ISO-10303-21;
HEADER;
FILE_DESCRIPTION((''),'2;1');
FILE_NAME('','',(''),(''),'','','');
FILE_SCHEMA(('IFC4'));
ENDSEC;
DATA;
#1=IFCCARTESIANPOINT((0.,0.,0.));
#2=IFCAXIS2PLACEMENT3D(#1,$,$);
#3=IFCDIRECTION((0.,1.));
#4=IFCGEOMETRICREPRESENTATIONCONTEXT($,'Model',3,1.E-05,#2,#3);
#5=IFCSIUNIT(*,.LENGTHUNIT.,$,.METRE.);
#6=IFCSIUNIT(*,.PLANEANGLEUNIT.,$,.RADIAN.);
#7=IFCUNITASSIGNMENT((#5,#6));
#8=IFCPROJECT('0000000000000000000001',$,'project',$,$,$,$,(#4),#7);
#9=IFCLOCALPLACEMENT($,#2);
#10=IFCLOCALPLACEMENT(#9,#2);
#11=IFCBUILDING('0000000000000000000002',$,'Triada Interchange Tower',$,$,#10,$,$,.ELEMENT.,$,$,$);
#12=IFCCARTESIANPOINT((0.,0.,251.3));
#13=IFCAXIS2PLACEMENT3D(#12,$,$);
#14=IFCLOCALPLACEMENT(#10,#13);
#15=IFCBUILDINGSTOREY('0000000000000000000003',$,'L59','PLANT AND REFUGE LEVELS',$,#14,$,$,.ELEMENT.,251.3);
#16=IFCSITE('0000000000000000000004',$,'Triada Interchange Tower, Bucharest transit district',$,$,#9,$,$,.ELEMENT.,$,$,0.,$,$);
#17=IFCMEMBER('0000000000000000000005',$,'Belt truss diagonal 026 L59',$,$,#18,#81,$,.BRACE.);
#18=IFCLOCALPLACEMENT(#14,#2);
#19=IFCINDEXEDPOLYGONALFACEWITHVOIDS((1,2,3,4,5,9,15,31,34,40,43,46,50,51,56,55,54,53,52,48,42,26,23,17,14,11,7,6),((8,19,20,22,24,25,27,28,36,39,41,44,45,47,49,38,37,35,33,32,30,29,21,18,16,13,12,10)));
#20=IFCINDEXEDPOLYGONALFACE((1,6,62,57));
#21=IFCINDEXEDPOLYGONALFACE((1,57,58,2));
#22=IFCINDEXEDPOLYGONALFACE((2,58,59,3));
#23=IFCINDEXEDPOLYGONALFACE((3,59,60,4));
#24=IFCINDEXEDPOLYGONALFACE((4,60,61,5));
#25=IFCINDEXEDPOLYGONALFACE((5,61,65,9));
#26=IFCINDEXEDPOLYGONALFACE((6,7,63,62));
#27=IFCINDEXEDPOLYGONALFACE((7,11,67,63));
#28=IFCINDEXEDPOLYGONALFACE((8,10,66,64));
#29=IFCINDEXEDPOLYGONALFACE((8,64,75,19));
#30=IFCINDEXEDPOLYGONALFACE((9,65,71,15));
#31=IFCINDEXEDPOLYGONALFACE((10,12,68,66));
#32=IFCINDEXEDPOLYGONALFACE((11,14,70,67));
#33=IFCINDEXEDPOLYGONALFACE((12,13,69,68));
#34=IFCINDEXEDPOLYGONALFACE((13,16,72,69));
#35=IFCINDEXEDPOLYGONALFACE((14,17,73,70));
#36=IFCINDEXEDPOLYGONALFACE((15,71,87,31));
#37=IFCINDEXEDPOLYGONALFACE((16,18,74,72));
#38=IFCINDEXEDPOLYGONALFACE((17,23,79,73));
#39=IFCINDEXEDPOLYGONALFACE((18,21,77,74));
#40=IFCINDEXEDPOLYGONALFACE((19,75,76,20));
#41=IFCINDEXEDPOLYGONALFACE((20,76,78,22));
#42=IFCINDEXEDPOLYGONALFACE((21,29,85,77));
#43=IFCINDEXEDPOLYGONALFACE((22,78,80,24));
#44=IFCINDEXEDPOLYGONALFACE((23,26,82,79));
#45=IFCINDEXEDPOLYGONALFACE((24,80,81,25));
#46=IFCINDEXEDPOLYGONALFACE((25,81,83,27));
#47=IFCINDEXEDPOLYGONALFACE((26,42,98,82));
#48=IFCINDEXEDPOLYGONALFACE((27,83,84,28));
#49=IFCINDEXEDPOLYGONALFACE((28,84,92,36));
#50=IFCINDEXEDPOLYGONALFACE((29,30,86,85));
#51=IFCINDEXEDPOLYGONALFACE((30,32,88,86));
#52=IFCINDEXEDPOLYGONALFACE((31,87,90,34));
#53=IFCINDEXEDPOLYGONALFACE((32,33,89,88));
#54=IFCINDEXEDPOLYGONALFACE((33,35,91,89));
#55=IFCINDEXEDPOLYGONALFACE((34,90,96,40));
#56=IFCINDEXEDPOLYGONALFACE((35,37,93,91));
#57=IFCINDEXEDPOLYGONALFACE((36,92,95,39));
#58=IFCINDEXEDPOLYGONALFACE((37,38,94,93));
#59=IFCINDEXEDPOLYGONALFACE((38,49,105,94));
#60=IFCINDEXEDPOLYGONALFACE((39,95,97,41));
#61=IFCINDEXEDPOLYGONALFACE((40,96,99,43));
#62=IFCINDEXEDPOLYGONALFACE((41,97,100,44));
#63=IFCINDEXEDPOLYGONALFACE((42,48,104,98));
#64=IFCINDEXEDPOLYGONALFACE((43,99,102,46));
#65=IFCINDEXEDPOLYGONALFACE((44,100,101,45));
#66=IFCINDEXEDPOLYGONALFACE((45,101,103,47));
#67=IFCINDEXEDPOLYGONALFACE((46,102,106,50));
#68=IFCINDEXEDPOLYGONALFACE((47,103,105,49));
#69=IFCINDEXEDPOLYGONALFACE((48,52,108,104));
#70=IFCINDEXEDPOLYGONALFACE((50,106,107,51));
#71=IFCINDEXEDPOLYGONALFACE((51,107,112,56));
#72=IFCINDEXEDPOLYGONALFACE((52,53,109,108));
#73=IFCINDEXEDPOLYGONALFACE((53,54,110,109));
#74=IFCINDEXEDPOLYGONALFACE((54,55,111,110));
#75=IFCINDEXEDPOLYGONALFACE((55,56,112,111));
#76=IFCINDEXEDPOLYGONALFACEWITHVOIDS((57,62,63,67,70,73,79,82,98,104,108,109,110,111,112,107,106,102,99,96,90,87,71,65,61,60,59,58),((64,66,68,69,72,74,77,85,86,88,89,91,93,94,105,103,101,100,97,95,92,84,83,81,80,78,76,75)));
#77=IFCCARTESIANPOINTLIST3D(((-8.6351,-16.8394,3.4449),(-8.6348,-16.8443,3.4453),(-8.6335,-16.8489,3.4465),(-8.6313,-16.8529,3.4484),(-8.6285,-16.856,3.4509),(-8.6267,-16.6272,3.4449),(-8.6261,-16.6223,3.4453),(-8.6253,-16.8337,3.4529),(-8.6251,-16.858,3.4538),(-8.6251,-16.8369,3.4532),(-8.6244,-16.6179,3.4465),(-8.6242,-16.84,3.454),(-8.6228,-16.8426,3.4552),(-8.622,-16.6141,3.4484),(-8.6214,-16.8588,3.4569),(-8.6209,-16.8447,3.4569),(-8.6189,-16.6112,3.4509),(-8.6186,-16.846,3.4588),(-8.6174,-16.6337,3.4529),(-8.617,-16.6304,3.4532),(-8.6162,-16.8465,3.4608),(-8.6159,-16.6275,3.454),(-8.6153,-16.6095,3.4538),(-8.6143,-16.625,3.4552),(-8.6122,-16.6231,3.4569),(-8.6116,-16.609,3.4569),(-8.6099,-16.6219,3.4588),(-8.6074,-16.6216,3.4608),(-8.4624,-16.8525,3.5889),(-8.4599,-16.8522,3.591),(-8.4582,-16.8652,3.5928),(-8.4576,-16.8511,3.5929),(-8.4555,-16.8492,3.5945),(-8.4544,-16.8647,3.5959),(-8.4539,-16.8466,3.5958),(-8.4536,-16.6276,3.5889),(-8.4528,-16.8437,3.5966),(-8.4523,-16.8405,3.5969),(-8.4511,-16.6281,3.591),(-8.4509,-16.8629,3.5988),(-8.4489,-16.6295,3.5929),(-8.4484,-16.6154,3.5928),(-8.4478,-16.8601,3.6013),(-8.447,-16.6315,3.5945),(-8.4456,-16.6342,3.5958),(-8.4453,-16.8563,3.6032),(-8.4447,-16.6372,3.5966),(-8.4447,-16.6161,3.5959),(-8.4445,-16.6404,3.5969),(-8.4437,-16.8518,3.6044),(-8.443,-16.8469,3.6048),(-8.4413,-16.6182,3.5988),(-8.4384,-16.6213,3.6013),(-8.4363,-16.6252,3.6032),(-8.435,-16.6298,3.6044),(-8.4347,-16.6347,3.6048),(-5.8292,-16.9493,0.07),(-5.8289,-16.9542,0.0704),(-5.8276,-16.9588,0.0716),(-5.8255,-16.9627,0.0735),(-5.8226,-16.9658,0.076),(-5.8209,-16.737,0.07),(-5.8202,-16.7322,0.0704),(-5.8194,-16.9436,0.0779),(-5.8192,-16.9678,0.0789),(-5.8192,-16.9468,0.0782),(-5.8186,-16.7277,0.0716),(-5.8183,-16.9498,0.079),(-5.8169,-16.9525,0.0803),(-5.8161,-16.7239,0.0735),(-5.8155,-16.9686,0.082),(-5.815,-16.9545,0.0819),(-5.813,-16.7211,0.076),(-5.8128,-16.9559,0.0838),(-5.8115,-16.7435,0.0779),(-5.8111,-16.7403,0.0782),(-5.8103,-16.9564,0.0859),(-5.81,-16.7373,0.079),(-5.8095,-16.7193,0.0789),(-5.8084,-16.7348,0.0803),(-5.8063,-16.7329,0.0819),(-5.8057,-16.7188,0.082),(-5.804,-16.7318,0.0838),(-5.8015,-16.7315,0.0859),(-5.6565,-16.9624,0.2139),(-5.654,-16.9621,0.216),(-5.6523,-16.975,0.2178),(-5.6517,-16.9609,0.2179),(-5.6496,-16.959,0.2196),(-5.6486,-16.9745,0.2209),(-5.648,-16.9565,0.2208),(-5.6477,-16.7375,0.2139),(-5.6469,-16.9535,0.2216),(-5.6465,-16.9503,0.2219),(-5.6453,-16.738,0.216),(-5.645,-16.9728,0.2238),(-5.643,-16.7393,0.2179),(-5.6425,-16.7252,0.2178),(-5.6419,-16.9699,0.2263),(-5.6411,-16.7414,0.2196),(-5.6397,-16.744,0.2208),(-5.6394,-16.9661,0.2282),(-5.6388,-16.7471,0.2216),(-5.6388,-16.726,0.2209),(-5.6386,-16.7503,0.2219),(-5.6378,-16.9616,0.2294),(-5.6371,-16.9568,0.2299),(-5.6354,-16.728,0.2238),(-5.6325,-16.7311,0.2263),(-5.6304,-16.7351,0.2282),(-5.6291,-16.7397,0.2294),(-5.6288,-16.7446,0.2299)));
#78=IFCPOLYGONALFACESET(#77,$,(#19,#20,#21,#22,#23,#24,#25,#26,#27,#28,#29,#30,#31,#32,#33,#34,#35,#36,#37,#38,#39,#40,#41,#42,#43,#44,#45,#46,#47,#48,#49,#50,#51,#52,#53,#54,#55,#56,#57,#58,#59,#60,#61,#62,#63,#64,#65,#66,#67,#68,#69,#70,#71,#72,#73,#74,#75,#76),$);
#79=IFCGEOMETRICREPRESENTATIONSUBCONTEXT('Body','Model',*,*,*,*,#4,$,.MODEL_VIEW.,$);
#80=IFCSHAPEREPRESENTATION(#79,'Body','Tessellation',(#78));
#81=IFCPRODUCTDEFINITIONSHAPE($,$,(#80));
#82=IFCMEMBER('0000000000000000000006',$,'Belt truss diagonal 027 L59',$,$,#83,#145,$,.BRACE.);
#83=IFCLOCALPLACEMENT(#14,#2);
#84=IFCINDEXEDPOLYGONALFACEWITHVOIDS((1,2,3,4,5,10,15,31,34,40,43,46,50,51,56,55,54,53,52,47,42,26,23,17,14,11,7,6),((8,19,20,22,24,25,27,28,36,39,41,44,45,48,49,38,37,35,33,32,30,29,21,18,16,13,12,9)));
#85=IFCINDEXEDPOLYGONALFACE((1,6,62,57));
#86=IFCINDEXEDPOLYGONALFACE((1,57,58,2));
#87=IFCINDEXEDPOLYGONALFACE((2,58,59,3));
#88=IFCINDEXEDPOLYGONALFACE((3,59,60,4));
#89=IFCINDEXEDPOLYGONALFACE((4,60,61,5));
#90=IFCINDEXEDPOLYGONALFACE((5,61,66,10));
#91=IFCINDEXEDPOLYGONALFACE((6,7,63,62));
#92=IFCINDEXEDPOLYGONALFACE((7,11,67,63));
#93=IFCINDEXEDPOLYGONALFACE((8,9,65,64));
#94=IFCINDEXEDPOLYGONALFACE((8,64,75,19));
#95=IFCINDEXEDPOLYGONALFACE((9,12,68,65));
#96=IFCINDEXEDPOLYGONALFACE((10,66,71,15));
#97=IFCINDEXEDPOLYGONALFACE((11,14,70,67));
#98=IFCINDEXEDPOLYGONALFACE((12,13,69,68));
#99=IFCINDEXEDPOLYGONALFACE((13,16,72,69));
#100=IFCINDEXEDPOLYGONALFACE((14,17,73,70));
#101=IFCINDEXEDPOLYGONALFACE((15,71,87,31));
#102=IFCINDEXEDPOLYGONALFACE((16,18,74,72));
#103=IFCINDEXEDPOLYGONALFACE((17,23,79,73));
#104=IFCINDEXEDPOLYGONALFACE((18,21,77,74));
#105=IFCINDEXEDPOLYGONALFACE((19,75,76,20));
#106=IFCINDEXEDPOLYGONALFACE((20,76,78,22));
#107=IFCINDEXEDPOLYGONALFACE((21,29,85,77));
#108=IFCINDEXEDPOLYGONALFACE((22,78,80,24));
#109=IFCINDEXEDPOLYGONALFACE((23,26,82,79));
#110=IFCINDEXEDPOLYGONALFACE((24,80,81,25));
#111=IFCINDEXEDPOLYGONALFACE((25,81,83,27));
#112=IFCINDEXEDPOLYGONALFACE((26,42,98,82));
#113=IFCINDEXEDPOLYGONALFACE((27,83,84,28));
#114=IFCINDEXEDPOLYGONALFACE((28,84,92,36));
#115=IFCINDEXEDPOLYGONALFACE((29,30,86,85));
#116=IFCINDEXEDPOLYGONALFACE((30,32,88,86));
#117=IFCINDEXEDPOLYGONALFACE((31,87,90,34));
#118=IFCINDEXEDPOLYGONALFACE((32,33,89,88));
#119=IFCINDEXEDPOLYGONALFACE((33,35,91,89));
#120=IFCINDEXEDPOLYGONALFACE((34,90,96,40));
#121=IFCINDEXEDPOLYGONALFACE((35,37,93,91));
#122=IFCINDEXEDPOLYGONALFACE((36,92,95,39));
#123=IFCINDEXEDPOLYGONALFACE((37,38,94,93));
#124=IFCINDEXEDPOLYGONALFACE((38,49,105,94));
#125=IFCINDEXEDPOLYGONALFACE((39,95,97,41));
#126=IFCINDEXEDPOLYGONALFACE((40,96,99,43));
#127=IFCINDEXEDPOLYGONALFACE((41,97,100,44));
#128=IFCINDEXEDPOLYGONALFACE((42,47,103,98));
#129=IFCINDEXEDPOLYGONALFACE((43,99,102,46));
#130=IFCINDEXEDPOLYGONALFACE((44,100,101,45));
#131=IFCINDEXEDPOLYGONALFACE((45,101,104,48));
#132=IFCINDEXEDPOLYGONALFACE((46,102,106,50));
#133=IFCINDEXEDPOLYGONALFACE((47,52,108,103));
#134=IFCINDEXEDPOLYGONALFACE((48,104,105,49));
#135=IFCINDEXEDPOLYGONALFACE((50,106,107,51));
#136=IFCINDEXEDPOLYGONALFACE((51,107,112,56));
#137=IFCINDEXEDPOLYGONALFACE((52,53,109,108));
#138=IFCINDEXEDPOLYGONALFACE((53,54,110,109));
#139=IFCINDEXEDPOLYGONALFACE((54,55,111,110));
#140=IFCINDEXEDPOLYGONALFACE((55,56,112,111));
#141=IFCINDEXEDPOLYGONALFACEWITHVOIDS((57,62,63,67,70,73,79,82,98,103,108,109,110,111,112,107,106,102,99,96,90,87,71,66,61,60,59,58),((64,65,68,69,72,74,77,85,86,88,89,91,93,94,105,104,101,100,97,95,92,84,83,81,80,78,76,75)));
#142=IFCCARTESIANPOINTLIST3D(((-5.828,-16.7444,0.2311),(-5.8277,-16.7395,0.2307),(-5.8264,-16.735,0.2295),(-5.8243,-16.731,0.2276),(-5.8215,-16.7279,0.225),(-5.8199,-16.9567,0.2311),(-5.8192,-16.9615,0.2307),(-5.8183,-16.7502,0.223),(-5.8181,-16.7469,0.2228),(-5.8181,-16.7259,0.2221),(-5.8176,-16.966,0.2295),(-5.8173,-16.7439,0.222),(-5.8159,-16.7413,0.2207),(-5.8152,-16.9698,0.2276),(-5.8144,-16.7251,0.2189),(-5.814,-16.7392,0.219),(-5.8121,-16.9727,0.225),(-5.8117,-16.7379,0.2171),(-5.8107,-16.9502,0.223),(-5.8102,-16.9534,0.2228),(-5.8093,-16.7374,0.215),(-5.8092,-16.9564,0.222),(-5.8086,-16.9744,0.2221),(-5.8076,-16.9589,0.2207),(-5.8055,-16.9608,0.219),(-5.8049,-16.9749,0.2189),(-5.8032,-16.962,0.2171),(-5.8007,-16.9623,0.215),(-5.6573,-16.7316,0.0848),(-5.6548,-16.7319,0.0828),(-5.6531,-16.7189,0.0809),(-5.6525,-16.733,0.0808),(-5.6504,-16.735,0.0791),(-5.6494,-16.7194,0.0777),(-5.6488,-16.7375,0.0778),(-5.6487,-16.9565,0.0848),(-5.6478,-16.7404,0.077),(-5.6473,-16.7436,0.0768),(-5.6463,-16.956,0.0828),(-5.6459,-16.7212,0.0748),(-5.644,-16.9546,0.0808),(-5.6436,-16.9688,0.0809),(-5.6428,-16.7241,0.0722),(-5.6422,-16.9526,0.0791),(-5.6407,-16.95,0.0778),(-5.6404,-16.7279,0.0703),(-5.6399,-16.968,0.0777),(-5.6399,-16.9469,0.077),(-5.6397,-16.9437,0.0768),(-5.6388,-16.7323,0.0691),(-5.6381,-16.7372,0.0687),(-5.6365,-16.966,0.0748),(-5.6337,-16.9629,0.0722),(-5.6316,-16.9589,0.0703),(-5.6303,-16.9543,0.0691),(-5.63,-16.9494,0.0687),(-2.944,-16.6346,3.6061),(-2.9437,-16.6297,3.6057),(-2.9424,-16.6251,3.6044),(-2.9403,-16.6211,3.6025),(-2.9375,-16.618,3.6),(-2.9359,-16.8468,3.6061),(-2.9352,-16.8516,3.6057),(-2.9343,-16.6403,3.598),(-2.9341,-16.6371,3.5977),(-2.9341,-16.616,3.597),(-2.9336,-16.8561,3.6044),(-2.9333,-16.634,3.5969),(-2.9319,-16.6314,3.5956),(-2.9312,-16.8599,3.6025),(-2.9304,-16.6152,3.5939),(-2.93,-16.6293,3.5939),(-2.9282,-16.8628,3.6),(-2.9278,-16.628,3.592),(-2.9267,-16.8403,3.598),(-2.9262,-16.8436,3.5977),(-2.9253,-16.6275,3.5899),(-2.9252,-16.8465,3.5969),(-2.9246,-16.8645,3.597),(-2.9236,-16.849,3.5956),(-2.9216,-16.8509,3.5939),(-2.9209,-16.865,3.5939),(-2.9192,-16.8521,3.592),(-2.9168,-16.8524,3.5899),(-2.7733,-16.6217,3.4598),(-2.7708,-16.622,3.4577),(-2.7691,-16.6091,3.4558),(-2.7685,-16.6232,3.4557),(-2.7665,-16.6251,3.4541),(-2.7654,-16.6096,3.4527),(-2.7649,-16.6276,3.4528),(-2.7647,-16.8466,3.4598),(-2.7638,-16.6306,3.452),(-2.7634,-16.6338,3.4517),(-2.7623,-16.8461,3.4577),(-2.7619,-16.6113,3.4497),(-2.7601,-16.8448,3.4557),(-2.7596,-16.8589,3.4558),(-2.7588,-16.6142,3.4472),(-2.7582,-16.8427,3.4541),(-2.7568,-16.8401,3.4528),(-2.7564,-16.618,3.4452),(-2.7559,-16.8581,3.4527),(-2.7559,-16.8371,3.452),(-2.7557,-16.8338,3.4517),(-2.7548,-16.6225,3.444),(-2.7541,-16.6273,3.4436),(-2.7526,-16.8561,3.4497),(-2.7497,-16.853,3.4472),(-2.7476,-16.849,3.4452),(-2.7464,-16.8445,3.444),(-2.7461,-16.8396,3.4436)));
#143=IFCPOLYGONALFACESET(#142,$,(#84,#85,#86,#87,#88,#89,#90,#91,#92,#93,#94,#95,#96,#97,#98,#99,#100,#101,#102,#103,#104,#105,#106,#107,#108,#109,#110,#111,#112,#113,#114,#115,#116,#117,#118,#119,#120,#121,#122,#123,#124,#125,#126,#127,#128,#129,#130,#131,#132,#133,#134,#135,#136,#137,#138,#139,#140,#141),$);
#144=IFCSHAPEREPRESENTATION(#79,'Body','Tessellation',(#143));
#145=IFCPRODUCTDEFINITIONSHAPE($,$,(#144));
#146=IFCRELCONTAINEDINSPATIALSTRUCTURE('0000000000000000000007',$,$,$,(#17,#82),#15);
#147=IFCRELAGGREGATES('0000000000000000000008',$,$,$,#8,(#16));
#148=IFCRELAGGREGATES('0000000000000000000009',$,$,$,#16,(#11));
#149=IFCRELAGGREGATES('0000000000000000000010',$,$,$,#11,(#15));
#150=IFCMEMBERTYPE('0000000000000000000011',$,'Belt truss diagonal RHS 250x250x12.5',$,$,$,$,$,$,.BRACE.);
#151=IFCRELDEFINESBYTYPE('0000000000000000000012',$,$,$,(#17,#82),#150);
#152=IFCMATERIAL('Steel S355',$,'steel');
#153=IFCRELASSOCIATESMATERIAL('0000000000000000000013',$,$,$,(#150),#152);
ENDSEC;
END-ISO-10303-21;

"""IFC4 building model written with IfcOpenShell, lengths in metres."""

from ifc_helpers import new_model, si_unit, direction, frame, origin, origin_2d, place, context, subcontext, project, spatial, hollow_rectangle, extrude, material, material_profile, profile_set, type_object, element, save


model = new_model("IFC4")

# Units and contexts
model_context = context("Model", 3, precision=1e-05, world=origin(), true_north=direction((0.0, 1.0)))
body_context = subcontext(model_context, "Body", "Model", "MODEL_VIEW")
ifc_project = project(units=[si_unit("LENGTHUNIT", "METRE"), si_unit("PLANEANGLEUNIT", "RADIAN")], contexts=[model_context])

# Site, building, storey
site_placement = place(None, origin())
site = spatial("IfcSite", under=ifc_project, at=site_placement, Name="Triada Interchange Tower, Bucharest transit district", CompositionType="ELEMENT", RefElevation=0.0)
building_placement = place(site_placement, origin())
building = spatial("IfcBuilding", under=site, at=building_placement, Name="Triada Interchange Tower", CompositionType="ELEMENT")
storey_placement = place(building_placement, frame((0.0, 0.0, 251.3)))
storey = spatial("IfcBuildingStorey", under=building, at=storey_placement, Name="L59", Description="PLANT AND REFUGE LEVELS", CompositionType="ELEMENT", Elevation=251.3)

# Members
ifc_material_1 = material(Name="Steel S355", Category="steel")
ifc_material_profile_1 = material_profile(ifc_material_1, hollow_rectangle(XDim=0.25, YDim=0.25, WallThickness=0.0125, InnerFilletRadius=0.0125, OuterFilletRadius=0.0188, at=origin_2d()), Name="RHS 250x250x12.5")
ifc_profile_set_1 = profile_set([ifc_material_profile_1], Name="Steel S355")
member_type = type_object("IfcMemberType", Name="Belt truss diagonal RHS 250x250x12.5", PredefinedType="BRACE", material=ifc_profile_set_1)
member_1_placement = place(storey_placement, frame((-5.729, -16.8469, 0.1499), z_axis=(-0.639097, 0.025023, 0.768719), x_axis=(-0.039124, -0.999234, 0.0)))
element("IfcMember", 1, at=member_1_placement, inside=storey, type_object=member_type, Name="Belt truss diagonal 026 L59", PredefinedType="BRACE", context=body_context, shape_type="SweptSolid", body=[
    extrude(hollow_rectangle(XDim=0.25, YDim=0.25, WallThickness=0.0125, InnerFilletRadius=0.0125, OuterFilletRadius=0.0188, at=origin_2d()), origin(), (0.0, 0.0, 1.0), 4.3904),
])
member_2_placement = place(storey_placement, frame((-5.729, -16.8469, 0.1499), z_axis=(0.649446, 0.02474, 0.760005), x_axis=(-0.038066, 0.999275, 0.0)))
element("IfcMember", 2, at=member_2_placement, inside=storey, type_object=member_type, Name="Belt truss diagonal 027 L59", PredefinedType="BRACE", context=body_context, shape_type="SweptSolid", body=[
    extrude(hollow_rectangle(XDim=0.25, YDim=0.25, WallThickness=0.0125, InnerFilletRadius=0.0125, OuterFilletRadius=0.0188, at=origin_2d()), origin(), (0.0, 0.0, 1.0), 4.4407),
])

save(model, "model.ifc")
